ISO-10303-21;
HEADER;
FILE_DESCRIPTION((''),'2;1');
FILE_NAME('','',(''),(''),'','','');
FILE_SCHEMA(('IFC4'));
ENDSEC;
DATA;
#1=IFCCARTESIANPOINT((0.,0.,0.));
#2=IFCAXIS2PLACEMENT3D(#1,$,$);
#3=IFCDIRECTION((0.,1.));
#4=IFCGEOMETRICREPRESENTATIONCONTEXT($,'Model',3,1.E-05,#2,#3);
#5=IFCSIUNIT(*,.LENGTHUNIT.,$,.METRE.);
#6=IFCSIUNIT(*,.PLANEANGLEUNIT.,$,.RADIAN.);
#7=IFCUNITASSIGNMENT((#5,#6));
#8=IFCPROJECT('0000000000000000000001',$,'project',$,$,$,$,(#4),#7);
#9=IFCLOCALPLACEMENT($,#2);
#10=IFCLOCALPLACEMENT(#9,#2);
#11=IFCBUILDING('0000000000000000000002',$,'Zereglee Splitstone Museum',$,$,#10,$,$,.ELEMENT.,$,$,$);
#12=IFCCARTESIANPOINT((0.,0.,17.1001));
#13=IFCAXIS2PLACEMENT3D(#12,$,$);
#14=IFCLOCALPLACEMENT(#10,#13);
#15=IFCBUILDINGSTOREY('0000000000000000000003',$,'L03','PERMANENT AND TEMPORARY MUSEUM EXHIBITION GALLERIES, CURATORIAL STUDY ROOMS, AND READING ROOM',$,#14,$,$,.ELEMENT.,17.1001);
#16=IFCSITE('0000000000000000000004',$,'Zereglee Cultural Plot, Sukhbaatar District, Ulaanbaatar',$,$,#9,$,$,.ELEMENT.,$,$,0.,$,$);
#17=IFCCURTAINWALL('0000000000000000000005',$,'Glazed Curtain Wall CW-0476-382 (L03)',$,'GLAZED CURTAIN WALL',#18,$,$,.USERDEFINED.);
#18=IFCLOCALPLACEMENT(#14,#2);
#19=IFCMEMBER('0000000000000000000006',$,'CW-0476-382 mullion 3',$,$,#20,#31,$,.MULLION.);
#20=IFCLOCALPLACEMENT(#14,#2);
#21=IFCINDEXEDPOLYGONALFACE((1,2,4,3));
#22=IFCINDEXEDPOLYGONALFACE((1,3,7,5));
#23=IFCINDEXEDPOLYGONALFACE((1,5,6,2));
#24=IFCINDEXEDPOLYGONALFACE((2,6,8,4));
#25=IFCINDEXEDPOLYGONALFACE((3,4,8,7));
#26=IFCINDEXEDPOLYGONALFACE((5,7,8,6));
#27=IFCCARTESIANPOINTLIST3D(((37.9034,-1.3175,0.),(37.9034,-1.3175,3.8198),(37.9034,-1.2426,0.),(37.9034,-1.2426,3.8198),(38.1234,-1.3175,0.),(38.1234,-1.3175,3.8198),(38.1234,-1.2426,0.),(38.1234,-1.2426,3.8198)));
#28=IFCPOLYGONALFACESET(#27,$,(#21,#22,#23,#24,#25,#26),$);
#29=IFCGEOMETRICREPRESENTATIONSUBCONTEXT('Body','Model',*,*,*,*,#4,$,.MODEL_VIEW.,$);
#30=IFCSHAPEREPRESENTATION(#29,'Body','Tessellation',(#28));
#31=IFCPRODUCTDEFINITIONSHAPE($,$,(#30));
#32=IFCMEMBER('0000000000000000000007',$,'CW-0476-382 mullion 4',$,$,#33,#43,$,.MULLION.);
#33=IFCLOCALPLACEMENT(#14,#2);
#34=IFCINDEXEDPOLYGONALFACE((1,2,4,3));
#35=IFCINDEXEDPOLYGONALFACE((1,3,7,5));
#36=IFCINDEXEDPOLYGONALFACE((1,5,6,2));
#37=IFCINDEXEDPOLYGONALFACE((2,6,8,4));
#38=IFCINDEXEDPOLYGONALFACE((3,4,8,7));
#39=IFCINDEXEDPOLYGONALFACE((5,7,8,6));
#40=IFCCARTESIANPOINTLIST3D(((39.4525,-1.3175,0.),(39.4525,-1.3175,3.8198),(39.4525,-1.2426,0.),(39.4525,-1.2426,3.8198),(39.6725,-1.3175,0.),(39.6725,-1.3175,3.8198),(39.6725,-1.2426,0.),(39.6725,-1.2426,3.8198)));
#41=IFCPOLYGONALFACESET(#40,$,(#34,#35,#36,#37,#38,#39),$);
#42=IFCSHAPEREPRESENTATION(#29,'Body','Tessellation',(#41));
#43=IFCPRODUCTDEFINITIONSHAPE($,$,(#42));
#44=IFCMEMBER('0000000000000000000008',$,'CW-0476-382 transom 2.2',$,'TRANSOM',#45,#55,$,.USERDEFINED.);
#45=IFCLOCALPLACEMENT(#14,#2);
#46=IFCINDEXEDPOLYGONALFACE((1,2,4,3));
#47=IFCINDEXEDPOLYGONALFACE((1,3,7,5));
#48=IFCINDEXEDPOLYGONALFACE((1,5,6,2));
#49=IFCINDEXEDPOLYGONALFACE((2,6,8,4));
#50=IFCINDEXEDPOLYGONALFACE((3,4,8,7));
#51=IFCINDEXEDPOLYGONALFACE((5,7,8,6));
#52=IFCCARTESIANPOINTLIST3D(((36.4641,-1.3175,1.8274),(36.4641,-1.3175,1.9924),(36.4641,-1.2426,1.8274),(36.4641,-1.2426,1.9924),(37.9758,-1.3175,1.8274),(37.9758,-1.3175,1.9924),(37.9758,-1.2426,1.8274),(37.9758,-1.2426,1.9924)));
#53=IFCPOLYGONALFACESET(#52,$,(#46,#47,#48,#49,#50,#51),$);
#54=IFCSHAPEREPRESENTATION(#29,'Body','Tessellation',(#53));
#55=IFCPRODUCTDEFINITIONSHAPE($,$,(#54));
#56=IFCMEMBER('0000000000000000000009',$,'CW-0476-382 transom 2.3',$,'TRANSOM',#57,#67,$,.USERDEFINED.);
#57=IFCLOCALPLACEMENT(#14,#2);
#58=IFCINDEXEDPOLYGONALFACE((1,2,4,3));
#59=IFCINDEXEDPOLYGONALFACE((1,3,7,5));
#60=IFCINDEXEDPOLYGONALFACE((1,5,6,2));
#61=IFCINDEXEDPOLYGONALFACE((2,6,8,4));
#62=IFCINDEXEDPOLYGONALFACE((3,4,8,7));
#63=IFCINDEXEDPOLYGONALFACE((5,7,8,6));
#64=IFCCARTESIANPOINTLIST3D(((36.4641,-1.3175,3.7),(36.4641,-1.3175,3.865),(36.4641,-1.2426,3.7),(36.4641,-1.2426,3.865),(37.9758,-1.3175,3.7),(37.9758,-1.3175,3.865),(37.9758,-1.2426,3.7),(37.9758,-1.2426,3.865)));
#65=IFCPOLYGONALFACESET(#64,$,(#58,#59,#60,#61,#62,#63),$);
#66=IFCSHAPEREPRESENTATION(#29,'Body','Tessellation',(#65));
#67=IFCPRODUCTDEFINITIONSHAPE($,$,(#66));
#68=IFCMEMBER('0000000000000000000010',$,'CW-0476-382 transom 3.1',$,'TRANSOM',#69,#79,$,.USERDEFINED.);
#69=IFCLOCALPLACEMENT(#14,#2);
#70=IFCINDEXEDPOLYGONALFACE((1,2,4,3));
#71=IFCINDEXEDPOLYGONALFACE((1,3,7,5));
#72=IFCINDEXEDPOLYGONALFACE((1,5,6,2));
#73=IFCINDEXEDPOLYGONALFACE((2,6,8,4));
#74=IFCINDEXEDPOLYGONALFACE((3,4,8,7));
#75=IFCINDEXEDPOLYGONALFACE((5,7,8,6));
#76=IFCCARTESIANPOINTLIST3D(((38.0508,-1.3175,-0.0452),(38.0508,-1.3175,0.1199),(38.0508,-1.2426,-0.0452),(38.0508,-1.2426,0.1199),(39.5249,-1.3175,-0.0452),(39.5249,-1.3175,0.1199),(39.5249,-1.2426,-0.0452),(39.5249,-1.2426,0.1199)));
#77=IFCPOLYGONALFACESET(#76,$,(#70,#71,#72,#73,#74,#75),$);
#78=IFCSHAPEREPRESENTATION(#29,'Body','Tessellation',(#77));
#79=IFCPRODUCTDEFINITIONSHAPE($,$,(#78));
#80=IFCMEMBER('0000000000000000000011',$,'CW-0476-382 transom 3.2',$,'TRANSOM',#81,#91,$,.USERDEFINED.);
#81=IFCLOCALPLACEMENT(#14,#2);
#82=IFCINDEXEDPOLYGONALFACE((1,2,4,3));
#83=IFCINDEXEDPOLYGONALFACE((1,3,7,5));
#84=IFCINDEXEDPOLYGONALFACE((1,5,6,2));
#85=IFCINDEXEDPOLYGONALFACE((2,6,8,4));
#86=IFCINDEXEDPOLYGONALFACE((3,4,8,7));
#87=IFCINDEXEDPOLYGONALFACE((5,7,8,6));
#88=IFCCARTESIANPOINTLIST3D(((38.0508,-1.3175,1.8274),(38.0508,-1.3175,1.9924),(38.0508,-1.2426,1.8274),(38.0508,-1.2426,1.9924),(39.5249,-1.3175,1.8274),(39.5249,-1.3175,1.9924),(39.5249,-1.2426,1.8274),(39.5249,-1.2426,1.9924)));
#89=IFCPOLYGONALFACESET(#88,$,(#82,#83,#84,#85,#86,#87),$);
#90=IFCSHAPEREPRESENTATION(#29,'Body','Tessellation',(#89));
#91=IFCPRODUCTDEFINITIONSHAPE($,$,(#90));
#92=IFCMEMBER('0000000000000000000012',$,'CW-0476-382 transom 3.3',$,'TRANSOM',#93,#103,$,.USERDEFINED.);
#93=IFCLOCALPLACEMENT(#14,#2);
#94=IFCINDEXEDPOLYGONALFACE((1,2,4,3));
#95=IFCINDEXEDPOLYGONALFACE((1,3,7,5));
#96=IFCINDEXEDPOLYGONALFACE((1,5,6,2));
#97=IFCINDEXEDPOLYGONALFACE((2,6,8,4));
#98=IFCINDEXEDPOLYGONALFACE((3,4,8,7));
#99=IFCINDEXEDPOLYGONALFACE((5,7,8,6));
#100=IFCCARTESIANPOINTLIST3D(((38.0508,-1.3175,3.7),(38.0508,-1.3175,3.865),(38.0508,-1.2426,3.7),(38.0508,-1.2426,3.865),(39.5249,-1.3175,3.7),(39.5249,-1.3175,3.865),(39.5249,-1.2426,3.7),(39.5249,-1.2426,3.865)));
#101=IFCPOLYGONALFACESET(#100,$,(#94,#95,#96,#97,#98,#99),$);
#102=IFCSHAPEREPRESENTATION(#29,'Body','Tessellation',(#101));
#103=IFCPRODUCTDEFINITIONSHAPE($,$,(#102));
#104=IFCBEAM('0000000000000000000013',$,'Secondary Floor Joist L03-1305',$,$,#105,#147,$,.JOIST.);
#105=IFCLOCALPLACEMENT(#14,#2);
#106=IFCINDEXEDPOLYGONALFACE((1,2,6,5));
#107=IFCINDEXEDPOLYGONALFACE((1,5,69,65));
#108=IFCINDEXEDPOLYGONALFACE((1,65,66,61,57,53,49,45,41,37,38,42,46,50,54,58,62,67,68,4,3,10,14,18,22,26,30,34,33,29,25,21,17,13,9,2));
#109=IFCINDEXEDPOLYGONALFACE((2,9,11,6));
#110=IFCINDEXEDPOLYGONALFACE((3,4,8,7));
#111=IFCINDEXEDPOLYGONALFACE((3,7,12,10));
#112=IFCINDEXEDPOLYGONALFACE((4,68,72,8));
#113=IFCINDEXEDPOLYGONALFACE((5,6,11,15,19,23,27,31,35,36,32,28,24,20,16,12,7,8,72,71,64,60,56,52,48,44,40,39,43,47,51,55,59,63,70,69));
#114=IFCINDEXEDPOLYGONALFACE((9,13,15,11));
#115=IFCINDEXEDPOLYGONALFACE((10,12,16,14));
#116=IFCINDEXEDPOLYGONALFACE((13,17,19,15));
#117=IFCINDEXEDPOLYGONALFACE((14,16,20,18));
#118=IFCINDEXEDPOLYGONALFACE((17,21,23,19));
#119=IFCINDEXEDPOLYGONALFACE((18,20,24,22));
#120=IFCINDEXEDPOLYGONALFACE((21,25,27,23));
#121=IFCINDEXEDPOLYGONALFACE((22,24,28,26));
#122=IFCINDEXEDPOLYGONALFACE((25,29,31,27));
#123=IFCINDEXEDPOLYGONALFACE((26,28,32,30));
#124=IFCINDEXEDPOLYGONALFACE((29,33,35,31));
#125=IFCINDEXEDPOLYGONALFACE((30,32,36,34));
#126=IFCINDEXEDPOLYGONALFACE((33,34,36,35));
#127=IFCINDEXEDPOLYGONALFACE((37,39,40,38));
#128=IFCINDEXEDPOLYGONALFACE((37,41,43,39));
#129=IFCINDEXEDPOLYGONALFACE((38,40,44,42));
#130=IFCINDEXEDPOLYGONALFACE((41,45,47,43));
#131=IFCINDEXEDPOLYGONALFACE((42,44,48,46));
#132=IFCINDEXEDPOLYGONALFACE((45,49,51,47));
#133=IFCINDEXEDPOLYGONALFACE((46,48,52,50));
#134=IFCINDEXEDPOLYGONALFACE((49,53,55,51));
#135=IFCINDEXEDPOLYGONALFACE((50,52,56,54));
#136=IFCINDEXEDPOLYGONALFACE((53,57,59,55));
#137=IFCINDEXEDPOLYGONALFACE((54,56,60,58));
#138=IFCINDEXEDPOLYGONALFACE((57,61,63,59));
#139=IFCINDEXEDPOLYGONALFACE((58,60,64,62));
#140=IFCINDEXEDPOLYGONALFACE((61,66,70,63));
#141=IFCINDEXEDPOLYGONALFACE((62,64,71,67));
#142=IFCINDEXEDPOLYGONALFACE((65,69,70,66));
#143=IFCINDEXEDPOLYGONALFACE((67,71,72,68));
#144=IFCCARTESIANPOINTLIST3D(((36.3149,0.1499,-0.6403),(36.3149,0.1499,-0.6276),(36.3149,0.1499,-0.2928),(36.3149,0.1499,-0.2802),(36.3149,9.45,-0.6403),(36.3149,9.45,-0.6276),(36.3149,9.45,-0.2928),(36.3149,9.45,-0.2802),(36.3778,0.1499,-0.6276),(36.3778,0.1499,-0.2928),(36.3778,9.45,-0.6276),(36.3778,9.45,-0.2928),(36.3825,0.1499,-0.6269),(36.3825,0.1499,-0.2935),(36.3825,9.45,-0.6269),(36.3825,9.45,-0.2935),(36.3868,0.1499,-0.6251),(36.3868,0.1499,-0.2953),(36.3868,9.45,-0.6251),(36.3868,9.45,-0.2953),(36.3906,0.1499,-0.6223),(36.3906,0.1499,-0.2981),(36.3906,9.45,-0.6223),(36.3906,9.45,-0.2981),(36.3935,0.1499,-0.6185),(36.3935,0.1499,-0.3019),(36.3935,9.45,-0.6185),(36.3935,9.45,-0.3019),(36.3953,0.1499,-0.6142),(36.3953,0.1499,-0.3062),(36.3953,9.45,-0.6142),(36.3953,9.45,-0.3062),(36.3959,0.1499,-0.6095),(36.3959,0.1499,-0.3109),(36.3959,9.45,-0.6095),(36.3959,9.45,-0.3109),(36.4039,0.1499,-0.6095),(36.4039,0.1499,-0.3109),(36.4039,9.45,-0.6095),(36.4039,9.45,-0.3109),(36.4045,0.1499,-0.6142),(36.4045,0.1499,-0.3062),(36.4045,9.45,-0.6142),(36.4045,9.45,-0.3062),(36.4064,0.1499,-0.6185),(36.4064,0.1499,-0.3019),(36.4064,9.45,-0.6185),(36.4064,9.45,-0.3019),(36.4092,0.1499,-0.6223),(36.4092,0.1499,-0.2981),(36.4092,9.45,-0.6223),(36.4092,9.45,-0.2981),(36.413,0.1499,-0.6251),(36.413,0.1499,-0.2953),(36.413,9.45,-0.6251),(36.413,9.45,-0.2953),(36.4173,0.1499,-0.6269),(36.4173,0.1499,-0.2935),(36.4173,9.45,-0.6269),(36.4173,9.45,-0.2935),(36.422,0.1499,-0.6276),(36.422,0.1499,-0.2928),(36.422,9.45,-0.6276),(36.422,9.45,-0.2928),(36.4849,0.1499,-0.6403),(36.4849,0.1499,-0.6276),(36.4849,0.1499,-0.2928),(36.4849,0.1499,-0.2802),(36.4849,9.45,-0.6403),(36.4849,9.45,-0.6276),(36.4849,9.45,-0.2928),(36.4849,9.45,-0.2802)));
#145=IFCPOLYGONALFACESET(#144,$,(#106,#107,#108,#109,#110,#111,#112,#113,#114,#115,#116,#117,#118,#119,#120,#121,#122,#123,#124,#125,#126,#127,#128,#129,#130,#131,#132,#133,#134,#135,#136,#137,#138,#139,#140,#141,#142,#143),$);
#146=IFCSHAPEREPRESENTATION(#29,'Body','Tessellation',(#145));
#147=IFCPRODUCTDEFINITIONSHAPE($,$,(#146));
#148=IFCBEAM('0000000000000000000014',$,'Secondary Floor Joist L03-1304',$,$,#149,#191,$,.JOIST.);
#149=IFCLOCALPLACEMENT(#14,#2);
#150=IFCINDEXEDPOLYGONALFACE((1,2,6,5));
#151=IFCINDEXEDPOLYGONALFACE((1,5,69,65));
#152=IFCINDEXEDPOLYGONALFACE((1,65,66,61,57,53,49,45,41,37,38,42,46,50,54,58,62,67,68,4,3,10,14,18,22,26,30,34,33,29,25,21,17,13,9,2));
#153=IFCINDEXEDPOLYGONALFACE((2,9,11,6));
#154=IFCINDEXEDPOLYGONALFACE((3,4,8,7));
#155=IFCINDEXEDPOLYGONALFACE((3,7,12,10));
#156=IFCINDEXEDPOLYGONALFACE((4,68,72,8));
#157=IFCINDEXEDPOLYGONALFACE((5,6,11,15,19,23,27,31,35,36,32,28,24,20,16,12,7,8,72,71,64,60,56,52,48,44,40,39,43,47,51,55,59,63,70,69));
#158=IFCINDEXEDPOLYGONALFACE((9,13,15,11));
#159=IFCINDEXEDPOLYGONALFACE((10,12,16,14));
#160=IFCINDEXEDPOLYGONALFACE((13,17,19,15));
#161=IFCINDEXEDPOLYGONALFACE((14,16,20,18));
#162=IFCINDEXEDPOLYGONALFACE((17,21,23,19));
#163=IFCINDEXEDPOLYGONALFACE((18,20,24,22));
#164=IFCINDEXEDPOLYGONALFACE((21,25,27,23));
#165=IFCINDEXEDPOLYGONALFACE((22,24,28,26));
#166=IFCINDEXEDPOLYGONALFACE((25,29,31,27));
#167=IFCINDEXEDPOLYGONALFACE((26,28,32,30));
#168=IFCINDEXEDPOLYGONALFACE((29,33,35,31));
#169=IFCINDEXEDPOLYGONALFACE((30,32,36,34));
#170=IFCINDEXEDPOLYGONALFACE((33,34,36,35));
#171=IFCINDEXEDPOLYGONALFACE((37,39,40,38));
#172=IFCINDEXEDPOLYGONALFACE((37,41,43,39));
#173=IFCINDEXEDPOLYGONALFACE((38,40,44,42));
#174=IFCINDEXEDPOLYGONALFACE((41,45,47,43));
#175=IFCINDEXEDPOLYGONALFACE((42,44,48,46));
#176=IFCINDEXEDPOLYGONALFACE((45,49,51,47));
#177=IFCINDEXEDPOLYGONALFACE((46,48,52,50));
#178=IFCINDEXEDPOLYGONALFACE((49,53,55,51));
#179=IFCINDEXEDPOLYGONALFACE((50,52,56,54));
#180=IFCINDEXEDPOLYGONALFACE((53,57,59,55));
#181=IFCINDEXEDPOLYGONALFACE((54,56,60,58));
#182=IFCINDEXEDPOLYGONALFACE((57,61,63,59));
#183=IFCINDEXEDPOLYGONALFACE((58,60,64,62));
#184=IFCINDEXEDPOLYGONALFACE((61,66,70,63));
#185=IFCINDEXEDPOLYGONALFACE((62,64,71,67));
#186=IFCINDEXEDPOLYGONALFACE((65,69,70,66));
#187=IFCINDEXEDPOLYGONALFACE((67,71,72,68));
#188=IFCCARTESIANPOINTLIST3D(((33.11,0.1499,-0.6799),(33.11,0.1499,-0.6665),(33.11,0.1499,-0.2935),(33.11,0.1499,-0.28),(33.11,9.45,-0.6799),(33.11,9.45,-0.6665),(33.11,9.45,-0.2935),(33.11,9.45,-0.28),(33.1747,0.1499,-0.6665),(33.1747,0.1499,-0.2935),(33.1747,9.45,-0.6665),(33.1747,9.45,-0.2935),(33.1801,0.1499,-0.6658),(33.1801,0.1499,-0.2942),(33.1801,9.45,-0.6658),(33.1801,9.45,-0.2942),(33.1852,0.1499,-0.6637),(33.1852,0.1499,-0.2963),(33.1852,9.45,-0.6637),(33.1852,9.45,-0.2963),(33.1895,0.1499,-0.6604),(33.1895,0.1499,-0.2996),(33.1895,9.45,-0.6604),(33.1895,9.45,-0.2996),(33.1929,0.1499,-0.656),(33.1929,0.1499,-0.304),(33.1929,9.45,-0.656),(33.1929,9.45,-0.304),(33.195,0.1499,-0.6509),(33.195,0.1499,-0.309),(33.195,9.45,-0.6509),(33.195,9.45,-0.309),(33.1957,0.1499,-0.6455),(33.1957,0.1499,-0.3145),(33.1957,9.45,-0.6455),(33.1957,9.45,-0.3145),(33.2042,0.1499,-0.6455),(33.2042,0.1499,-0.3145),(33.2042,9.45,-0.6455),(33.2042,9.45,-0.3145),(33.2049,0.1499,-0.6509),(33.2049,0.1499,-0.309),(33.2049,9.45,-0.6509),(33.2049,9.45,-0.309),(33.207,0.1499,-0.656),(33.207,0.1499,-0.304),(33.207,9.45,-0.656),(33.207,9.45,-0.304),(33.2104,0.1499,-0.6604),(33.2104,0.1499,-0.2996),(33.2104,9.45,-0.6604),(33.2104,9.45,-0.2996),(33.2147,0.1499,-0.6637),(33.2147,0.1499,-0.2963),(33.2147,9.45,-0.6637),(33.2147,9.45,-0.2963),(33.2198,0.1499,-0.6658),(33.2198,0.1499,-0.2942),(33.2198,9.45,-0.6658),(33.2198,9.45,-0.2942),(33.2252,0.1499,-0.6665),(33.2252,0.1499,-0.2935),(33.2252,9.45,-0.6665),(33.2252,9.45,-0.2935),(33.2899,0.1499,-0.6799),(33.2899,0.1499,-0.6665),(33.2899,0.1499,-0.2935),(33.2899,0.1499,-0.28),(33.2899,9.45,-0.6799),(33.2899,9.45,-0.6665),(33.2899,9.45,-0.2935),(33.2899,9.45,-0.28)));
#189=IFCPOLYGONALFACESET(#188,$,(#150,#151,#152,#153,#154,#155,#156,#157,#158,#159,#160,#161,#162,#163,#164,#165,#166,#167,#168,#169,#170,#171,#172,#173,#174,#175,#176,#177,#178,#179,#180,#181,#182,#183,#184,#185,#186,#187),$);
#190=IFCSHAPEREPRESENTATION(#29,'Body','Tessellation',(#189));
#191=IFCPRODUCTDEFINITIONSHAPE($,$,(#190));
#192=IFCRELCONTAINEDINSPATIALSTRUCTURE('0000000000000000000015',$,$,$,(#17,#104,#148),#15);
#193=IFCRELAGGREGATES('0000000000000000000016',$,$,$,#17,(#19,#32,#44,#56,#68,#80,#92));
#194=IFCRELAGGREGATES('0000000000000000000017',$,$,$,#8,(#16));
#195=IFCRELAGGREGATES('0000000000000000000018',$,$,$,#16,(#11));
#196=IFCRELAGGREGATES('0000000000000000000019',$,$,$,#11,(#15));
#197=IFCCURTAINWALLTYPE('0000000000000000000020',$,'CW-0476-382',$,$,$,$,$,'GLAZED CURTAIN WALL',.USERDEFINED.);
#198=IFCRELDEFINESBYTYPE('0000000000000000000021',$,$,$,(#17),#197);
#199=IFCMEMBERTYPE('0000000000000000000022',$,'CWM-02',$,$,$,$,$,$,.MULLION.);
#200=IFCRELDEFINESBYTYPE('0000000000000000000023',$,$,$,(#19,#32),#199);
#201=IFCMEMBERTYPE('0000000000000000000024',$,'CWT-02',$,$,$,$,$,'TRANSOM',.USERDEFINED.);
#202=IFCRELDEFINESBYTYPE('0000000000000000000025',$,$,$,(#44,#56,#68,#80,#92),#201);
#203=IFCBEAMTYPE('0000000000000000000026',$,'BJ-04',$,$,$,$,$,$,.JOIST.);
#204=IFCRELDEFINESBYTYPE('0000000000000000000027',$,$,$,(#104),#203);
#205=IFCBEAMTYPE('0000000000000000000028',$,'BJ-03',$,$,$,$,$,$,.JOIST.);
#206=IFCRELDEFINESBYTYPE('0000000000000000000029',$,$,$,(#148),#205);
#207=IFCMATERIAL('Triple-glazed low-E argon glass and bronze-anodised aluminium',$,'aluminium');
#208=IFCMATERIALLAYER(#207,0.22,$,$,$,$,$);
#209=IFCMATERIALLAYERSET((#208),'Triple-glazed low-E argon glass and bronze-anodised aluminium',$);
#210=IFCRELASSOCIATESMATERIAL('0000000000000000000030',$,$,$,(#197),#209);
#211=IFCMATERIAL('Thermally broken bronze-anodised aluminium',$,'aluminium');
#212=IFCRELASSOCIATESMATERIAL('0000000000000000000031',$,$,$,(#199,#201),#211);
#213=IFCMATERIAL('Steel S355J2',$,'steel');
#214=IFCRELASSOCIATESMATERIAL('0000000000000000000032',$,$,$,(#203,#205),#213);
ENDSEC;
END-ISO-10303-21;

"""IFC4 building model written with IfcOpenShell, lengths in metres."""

from ifc_helpers import new_model, si_unit, direction, frame, origin, origin_2d, place, context, subcontext, project, spatial, rectangle, i_section, extrude, material, layer, layer_set, material_profile, profile_set, type_object, element, aggregate, save


model = new_model("IFC4")

# Units and contexts
model_context = context("Model", 3, precision=1e-05, world=origin(), true_north=direction((0.0, 1.0)))
body_context = subcontext(model_context, "Body", "Model", "MODEL_VIEW")
ifc_project = project(units=[si_unit("LENGTHUNIT", "METRE"), si_unit("PLANEANGLEUNIT", "RADIAN")], contexts=[model_context])

# Site, building, storey
site_placement = place(None, origin())
site = spatial("IfcSite", under=ifc_project, at=site_placement, Name="Zereglee Cultural Plot, Sukhbaatar District, Ulaanbaatar", CompositionType="ELEMENT", RefElevation=0.0)
building_placement = place(site_placement, origin())
building = spatial("IfcBuilding", under=site, at=building_placement, Name="Zereglee Splitstone Museum", CompositionType="ELEMENT")
storey_placement = place(building_placement, frame((0.0, 0.0, 17.1001)))
storey = spatial("IfcBuildingStorey", under=building, at=storey_placement, Name="L03", Description="PERMANENT AND TEMPORARY MUSEUM EXHIBITION GALLERIES, CURATORIAL STUDY ROOMS, AND READING ROOM", CompositionType="ELEMENT", Elevation=17.1001)

# Curtain wall, members
ifc_material_1 = material(Name="Triple-glazed low-E argon glass and bronze-anodised aluminium", Category="aluminium")
ifc_layer_1 = layer(ifc_material_1, 0.22)
ifc_layer_set_1 = layer_set([ifc_layer_1], Name="Triple-glazed low-E argon glass and bronze-anodised aluminium")
curtain_wall_type = type_object("IfcCurtainWallType", Name="CW-0476-382", ElementType="GLAZED CURTAIN WALL", PredefinedType="USERDEFINED", material=ifc_layer_set_1)
curtain_wall_placement = place(storey_placement, origin())
curtain_wall = element("IfcCurtainWall", 1, at=curtain_wall_placement, inside=storey, type_object=curtain_wall_type, Name="Glazed Curtain Wall CW-0476-382 (L03)", ObjectType="GLAZED CURTAIN WALL", PredefinedType="USERDEFINED")
ifc_material_2 = material(Name="Thermally broken bronze-anodised aluminium", Category="aluminium")
ifc_material_profile_1 = material_profile(ifc_material_2, rectangle(XDim=0.075, YDim=0.22, at=origin_2d()), Name="CW MULL 75x220")
ifc_profile_set_1 = profile_set([ifc_material_profile_1], Name="Thermally broken bronze-anodised aluminium")
member_type_1 = type_object("IfcMemberType", Name="CWM-02", PredefinedType="MULLION", material=ifc_profile_set_1)
member_1_placement = place(storey_placement, frame((38.0134, -1.28, 0.0), z_axis=(0.0, 0.0, 1.0), x_axis=(0.0, 1.0, 0.0)))
member_1 = element("IfcMember", 2, at=member_1_placement, type_object=member_type_1, Name="CW-0476-382 mullion 3", PredefinedType="MULLION", context=body_context, shape_type="SweptSolid", body=[
    extrude(rectangle(XDim=0.075, YDim=0.22, at=origin_2d()), origin(), (0.0, 0.0, 1.0), 3.8198),
])
member_2_placement = place(storey_placement, frame((39.5625, -1.28, 0.0), z_axis=(0.0, 0.0, 1.0), x_axis=(0.0, 1.0, 0.0)))
member_2 = element("IfcMember", 3, at=member_2_placement, type_object=member_type_1, Name="CW-0476-382 mullion 4", PredefinedType="MULLION", context=body_context, shape_type="SweptSolid", body=[
    extrude(rectangle(XDim=0.075, YDim=0.22, at=origin_2d()), origin(), (0.0, 0.0, 1.0), 3.8198),
])
ifc_material_profile_2 = material_profile(ifc_material_2, rectangle(XDim=0.075, YDim=0.165, at=origin_2d()), Name="CW TRAN 75x165")
ifc_profile_set_2 = profile_set([ifc_material_profile_2], Name="Thermally broken bronze-anodised aluminium")
member_type_2 = type_object("IfcMemberType", Name="CWT-02", ElementType="TRANSOM", PredefinedType="USERDEFINED", material=ifc_profile_set_2)
member_3_placement = place(storey_placement, frame((36.4641, -1.28, 1.9099), z_axis=(1.0, 0.0, 0.0), x_axis=(0.0, 1.0, 0.0)))
member_3 = element("IfcMember", 4, at=member_3_placement, type_object=member_type_2, Name="CW-0476-382 transom 2.2", ObjectType="TRANSOM", PredefinedType="USERDEFINED", context=body_context, shape_type="SweptSolid", body=[
    extrude(rectangle(XDim=0.075, YDim=0.165, at=origin_2d()), origin(), (0.0, 0.0, 1.0), 1.5117),
])
member_4_placement = place(storey_placement, frame((36.4641, -1.28, 3.7825), z_axis=(1.0, 0.0, 0.0), x_axis=(0.0, 1.0, 0.0)))
member_4 = element("IfcMember", 5, at=member_4_placement, type_object=member_type_2, Name="CW-0476-382 transom 2.3", ObjectType="TRANSOM", PredefinedType="USERDEFINED", context=body_context, shape_type="SweptSolid", body=[
    extrude(rectangle(XDim=0.075, YDim=0.165, at=origin_2d()), origin(), (0.0, 0.0, 1.0), 1.5117),
])
member_5_placement = place(storey_placement, frame((38.0508, -1.28, 0.0374), z_axis=(1.0, 0.0, 0.0), x_axis=(0.0, 1.0, 0.0)))
member_5 = element("IfcMember", 6, at=member_5_placement, type_object=member_type_2, Name="CW-0476-382 transom 3.1", ObjectType="TRANSOM", PredefinedType="USERDEFINED", context=body_context, shape_type="SweptSolid", body=[
    extrude(rectangle(XDim=0.075, YDim=0.165, at=origin_2d()), origin(), (0.0, 0.0, 1.0), 1.4741),
])
member_6_placement = place(storey_placement, frame((38.0508, -1.28, 1.9099), z_axis=(1.0, 0.0, 0.0), x_axis=(0.0, 1.0, 0.0)))
member_6 = element("IfcMember", 7, at=member_6_placement, type_object=member_type_2, Name="CW-0476-382 transom 3.2", ObjectType="TRANSOM", PredefinedType="USERDEFINED", context=body_context, shape_type="SweptSolid", body=[
    extrude(rectangle(XDim=0.075, YDim=0.165, at=origin_2d()), origin(), (0.0, 0.0, 1.0), 1.4741),
])
member_7_placement = place(storey_placement, frame((38.0508, -1.28, 3.7825), z_axis=(1.0, 0.0, 0.0), x_axis=(0.0, 1.0, 0.0)))
member_7 = element("IfcMember", 8, at=member_7_placement, type_object=member_type_2, Name="CW-0476-382 transom 3.3", ObjectType="TRANSOM", PredefinedType="USERDEFINED", context=body_context, shape_type="SweptSolid", body=[
    extrude(rectangle(XDim=0.075, YDim=0.165, at=origin_2d()), origin(), (0.0, 0.0, 1.0), 1.4741),
])

# Beams
ifc_material_3 = material(Name="Steel S355J2", Category="steel")
ifc_material_profile_3 = material_profile(ifc_material_3, i_section(OverallWidth=0.1699, OverallDepth=0.3601, WebThickness=0.0081, FlangeThickness=0.0127, FilletRadius=0.0181, at=origin_2d()), Name="IPE 360")
ifc_profile_set_3 = profile_set([ifc_material_profile_3], Name="Steel S355J2")
beam_type_1 = type_object("IfcBeamType", Name="BJ-04", PredefinedType="JOIST", material=ifc_profile_set_3)
beam_1_placement = place(storey_placement, frame((36.3999, 0.1499, -0.4602), z_axis=(0.0, 1.0, 0.0), x_axis=(-1.0, 0.0, 0.0)))
element("IfcBeam", 9, at=beam_1_placement, inside=storey, type_object=beam_type_1, Name="Secondary Floor Joist L03-1305", PredefinedType="JOIST", context=body_context, shape_type="SweptSolid", body=[
    extrude(i_section(OverallWidth=0.1699, OverallDepth=0.3601, WebThickness=0.0081, FlangeThickness=0.0127, FilletRadius=0.0181, at=origin_2d()), origin(), (0.0, 0.0, 1.0), 9.3),
])
ifc_material_profile_4 = material_profile(ifc_material_3, i_section(OverallWidth=0.1799, OverallDepth=0.3999, WebThickness=0.0085, FlangeThickness=0.0134, FilletRadius=0.021, at=origin_2d()), Name="IPE 400")
ifc_profile_set_4 = profile_set([ifc_material_profile_4], Name="Steel S355J2")
beam_type_2 = type_object("IfcBeamType", Name="BJ-03", PredefinedType="JOIST", material=ifc_profile_set_4)
beam_2_placement = place(storey_placement, frame((33.2, 0.1499, -0.48), z_axis=(0.0, 1.0, 0.0), x_axis=(-1.0, 0.0, 0.0)))
element("IfcBeam", 10, at=beam_2_placement, inside=storey, type_object=beam_type_2, Name="Secondary Floor Joist L03-1304", PredefinedType="JOIST", context=body_context, shape_type="SweptSolid", body=[
    extrude(i_section(OverallWidth=0.1799, OverallDepth=0.3999, WebThickness=0.0085, FlangeThickness=0.0134, FilletRadius=0.021, at=origin_2d()), origin(), (0.0, 0.0, 1.0), 9.3),
])

aggregate(curtain_wall, [member_1, member_2, member_3, member_4, member_5, member_6, member_7])

save(model, "model.ifc")
